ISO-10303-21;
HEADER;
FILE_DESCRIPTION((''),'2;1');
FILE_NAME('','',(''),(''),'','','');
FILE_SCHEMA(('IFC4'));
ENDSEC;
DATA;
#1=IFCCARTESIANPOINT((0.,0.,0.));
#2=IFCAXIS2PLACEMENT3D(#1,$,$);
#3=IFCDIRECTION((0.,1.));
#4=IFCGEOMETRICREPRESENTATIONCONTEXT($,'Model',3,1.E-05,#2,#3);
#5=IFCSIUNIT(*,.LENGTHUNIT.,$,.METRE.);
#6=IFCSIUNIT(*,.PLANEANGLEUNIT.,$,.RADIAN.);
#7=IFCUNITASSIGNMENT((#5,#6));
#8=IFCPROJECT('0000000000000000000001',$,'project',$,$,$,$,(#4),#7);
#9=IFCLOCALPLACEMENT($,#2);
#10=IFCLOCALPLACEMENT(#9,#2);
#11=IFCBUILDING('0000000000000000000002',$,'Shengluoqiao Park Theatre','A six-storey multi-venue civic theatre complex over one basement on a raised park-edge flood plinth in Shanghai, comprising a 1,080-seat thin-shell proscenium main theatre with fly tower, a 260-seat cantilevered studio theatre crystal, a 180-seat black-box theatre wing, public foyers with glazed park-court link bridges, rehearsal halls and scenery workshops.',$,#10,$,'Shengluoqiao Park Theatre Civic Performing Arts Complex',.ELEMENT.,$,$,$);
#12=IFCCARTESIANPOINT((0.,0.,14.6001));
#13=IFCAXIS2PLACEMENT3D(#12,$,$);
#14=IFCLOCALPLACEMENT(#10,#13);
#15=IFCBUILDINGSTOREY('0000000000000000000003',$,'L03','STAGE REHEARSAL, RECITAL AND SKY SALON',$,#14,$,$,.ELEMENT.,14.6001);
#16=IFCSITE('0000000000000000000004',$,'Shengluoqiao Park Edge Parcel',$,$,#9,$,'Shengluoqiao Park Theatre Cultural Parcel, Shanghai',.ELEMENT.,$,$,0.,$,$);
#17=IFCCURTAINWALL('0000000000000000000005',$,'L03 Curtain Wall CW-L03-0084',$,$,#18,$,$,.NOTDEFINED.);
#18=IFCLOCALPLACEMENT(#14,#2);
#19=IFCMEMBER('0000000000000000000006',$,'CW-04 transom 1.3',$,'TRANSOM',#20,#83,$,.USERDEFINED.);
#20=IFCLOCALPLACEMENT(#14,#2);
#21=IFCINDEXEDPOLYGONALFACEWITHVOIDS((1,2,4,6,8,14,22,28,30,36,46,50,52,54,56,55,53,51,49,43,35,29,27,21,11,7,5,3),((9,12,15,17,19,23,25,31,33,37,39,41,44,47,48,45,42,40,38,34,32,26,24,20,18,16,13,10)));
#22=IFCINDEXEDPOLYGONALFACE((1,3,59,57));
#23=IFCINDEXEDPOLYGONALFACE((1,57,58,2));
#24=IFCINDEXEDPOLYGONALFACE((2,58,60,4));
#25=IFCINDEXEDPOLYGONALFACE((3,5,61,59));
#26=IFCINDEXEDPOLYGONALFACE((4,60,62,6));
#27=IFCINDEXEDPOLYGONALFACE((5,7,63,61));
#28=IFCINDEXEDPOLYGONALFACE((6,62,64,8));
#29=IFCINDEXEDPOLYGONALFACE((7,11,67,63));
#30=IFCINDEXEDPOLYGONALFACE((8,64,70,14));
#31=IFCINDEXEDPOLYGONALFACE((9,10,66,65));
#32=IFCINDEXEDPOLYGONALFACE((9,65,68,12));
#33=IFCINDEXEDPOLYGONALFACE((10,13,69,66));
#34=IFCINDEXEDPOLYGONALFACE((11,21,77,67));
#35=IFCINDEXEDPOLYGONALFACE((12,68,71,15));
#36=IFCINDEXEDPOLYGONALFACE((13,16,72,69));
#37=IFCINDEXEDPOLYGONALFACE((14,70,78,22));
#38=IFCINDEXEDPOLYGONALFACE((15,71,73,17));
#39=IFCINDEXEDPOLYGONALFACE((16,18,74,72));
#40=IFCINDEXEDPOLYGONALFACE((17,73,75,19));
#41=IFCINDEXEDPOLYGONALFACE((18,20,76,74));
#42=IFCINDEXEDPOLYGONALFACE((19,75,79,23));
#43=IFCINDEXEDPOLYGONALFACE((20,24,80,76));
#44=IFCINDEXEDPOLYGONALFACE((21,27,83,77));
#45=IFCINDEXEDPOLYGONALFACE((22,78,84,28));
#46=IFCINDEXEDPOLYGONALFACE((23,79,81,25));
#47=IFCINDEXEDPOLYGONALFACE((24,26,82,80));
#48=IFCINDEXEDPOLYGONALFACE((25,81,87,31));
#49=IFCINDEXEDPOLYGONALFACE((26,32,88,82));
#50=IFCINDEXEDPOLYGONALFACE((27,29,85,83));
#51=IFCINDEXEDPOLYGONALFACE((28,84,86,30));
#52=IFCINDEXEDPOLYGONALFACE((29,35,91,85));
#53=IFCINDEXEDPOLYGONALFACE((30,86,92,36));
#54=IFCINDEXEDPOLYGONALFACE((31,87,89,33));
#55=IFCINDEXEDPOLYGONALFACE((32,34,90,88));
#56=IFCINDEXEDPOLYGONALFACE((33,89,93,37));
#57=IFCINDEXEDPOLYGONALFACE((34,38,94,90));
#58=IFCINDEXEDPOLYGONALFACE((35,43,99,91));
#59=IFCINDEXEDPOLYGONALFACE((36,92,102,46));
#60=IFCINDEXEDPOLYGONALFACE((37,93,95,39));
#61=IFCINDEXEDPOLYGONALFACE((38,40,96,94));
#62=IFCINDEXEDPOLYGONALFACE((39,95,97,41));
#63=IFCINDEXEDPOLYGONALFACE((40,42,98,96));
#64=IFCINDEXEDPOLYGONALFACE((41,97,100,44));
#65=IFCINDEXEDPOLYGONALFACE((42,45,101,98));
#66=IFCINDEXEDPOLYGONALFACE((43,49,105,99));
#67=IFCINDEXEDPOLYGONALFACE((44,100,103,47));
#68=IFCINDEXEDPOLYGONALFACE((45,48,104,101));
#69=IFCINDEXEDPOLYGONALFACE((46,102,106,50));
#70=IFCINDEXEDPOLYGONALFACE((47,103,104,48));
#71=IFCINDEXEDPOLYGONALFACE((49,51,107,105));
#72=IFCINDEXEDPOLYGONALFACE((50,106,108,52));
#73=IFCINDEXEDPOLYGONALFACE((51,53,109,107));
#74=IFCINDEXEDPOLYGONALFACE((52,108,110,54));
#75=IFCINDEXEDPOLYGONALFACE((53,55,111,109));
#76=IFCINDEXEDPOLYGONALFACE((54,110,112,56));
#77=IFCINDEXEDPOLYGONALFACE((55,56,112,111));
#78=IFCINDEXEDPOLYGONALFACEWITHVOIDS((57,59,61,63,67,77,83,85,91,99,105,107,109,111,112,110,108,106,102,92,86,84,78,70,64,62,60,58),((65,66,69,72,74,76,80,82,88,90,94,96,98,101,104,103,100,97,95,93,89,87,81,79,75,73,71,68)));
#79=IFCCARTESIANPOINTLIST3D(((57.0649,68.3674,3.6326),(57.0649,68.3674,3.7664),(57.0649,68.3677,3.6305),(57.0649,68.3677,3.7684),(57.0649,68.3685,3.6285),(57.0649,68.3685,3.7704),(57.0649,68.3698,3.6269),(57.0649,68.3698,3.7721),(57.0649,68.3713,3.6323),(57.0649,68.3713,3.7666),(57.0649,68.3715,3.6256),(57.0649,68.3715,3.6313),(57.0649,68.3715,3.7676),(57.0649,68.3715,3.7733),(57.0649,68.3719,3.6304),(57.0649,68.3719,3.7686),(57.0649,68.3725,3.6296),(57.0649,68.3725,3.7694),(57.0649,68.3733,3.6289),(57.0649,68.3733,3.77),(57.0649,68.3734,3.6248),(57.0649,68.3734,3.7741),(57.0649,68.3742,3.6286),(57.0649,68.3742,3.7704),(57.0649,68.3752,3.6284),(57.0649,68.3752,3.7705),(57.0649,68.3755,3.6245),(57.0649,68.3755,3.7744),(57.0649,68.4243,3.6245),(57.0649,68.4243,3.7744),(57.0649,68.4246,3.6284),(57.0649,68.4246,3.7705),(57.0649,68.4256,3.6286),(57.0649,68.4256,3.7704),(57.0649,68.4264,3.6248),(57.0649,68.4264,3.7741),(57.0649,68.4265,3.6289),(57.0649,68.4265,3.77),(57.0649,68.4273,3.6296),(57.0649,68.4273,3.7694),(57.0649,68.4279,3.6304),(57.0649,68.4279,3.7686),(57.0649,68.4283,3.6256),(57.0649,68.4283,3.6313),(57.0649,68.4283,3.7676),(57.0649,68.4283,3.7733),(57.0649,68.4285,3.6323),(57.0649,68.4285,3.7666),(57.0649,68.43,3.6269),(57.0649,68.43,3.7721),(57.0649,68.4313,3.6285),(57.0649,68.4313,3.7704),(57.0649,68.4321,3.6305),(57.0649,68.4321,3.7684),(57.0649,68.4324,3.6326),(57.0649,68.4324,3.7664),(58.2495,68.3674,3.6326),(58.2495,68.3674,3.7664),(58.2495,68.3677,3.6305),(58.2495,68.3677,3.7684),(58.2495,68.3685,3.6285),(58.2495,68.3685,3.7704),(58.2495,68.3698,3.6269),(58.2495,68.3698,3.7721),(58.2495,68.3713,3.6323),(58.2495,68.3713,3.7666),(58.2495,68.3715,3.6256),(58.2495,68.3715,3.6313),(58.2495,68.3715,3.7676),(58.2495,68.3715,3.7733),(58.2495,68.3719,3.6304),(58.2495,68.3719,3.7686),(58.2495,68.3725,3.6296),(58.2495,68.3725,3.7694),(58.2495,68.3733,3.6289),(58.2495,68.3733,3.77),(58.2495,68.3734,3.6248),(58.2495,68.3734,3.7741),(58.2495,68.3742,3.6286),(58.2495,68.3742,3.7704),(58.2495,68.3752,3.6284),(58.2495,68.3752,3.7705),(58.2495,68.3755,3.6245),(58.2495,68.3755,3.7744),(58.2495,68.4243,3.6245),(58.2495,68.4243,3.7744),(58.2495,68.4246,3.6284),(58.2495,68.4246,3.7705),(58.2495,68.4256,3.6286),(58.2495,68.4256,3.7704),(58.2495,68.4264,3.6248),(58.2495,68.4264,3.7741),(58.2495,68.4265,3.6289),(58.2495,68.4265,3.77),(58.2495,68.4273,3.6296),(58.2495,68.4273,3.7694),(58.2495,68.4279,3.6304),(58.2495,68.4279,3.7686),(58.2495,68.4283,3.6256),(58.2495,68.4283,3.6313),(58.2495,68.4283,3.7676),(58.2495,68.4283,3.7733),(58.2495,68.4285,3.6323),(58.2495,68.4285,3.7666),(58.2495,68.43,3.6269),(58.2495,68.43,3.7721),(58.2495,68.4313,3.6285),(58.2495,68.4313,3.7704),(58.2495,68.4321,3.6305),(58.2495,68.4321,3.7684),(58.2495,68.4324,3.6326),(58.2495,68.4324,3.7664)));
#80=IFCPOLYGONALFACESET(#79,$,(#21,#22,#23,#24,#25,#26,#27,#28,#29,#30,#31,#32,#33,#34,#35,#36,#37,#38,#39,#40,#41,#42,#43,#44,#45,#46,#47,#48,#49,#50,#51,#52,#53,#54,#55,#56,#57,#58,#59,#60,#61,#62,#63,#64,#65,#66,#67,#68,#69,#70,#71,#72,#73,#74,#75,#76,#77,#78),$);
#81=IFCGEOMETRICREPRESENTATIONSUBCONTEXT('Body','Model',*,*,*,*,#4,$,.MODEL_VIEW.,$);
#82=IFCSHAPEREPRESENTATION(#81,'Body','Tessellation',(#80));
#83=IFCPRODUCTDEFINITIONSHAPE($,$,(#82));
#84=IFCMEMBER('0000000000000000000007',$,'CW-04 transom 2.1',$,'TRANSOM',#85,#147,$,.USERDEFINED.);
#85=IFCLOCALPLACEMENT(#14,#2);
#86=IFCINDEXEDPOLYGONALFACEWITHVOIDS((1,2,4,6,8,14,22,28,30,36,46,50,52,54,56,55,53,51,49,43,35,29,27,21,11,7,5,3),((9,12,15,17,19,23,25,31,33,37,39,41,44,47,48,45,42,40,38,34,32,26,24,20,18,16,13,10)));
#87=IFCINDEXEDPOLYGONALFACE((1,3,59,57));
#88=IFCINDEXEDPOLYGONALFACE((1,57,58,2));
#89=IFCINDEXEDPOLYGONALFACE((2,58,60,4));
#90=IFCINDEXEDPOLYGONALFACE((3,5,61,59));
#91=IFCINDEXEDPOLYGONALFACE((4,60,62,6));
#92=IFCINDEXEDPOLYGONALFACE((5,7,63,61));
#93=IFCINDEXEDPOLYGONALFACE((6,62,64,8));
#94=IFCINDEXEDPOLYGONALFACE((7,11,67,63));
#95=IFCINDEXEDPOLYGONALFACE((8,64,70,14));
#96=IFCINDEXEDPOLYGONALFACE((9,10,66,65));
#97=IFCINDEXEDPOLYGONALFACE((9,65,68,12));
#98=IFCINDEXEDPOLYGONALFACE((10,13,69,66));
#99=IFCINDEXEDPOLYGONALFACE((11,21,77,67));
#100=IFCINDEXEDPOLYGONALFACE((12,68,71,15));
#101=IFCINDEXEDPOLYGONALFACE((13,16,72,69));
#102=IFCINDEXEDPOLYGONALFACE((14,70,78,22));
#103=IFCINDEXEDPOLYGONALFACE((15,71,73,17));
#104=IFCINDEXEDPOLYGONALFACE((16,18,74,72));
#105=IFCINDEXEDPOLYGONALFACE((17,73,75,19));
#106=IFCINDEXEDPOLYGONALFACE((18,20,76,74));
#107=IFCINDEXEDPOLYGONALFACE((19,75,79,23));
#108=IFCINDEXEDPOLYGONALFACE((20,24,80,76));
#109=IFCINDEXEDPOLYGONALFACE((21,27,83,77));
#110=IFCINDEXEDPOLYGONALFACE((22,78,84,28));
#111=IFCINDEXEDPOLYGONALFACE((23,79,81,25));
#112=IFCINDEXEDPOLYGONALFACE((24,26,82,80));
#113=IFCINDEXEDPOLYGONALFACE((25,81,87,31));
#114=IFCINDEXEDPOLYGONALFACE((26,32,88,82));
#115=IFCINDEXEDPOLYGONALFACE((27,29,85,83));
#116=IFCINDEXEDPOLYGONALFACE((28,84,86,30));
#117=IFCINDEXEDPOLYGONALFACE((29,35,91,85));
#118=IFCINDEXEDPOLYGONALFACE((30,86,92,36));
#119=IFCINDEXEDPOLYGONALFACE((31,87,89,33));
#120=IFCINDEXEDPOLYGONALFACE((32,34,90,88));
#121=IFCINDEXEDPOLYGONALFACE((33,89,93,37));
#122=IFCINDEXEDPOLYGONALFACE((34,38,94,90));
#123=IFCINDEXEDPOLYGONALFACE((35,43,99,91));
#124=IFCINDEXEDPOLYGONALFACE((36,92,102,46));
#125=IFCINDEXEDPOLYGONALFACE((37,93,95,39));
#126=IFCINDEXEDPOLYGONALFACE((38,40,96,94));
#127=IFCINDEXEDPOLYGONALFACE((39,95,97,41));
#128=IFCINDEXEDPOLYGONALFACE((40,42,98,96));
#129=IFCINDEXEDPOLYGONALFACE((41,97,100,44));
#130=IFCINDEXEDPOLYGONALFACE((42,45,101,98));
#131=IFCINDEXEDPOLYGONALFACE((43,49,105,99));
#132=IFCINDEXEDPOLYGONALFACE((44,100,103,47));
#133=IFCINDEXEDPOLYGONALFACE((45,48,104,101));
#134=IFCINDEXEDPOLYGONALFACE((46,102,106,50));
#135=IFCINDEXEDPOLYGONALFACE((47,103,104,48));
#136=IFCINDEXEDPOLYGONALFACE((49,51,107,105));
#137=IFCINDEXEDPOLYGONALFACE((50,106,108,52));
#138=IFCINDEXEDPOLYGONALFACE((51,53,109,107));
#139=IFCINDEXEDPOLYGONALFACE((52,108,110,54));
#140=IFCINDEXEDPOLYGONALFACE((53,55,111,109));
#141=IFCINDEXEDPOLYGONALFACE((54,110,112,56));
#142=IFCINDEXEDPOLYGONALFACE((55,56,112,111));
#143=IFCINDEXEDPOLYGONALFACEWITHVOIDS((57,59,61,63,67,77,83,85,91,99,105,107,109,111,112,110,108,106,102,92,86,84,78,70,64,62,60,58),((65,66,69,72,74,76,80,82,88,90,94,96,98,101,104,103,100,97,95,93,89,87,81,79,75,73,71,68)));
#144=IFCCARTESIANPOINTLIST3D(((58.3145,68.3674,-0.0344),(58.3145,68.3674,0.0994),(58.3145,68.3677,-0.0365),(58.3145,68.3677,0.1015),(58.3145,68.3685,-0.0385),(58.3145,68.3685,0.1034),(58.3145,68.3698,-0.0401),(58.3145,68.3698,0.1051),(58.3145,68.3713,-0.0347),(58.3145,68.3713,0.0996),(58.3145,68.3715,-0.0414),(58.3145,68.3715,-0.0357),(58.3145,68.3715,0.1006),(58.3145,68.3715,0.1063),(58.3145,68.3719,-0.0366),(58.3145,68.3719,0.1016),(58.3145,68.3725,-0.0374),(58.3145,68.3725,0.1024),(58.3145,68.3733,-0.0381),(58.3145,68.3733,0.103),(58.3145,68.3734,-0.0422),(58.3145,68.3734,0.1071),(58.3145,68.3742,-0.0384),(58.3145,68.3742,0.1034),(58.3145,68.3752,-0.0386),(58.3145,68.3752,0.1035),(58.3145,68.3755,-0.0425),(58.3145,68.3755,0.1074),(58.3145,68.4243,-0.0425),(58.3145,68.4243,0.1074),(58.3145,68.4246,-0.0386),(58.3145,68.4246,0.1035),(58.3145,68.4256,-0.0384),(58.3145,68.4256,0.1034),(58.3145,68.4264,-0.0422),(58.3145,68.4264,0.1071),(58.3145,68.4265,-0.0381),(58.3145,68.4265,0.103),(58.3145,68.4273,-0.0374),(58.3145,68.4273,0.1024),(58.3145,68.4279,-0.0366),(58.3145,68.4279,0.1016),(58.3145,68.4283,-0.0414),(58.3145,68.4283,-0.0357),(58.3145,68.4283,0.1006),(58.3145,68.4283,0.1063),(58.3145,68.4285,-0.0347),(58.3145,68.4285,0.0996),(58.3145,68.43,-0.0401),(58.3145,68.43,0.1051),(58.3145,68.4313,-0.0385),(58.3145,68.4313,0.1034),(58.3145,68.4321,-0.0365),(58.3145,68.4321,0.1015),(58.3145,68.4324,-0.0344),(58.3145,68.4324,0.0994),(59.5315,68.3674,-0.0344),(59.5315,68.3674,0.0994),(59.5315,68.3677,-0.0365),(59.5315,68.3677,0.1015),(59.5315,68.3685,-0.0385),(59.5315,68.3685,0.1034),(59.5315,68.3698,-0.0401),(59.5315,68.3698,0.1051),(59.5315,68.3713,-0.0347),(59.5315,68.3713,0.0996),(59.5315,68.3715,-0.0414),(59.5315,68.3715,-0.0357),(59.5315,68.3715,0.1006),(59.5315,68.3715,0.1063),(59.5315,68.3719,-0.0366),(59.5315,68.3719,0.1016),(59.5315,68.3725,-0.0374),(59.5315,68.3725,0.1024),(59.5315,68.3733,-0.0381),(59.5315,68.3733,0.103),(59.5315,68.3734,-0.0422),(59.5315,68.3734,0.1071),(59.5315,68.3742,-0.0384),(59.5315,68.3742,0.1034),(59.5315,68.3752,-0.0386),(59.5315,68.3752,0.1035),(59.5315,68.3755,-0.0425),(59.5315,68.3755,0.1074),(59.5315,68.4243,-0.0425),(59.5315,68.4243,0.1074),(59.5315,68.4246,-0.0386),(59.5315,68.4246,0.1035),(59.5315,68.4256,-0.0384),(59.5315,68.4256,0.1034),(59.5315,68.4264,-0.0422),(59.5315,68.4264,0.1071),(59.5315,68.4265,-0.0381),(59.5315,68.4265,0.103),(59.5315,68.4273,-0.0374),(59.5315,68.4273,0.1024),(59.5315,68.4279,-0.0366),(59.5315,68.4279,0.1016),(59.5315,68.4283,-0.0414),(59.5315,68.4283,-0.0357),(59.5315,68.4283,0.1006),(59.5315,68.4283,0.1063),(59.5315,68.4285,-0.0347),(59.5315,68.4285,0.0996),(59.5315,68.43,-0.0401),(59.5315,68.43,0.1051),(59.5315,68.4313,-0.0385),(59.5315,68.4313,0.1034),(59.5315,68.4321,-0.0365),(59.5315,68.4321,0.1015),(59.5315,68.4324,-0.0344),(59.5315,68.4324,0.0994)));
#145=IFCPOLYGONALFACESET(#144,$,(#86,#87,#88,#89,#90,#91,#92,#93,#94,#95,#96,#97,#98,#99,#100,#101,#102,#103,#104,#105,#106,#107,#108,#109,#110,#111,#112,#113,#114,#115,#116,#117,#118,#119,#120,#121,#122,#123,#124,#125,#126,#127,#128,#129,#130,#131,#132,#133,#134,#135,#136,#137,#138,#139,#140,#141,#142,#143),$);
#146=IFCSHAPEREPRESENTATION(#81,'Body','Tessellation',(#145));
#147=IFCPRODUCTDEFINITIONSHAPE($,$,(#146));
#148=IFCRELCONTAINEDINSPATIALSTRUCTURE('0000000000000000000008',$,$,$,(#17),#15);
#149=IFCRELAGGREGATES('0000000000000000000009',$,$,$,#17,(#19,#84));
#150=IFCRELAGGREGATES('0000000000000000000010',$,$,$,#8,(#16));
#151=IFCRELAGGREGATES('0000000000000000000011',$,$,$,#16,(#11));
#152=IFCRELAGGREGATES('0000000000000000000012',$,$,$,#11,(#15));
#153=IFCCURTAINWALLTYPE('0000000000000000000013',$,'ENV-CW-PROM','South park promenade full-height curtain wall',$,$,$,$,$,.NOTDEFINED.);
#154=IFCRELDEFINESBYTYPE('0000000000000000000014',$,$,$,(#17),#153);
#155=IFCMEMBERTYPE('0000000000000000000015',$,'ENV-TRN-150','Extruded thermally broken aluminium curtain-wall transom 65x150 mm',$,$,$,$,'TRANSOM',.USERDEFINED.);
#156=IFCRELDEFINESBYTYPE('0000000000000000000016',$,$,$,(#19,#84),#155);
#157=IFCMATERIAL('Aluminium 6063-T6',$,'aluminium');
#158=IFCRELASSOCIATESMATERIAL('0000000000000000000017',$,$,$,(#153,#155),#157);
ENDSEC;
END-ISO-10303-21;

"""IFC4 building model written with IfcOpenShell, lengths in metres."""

from ifc_helpers import new_model, si_unit, direction, frame, origin, origin_2d, place, context, subcontext, project, spatial, hollow_rectangle, extrude, material, material_profile, profile_set, type_object, element, aggregate, save


model = new_model("IFC4")

# Units and contexts
model_context = context("Model", 3, precision=1e-05, world=origin(), true_north=direction((0.0, 1.0)))
body_context = subcontext(model_context, "Body", "Model", "MODEL_VIEW")
ifc_project = project(units=[si_unit("LENGTHUNIT", "METRE"), si_unit("PLANEANGLEUNIT", "RADIAN")], contexts=[model_context])

# Site, building, storey
site_placement = place(None, origin())
site = spatial("IfcSite", under=ifc_project, at=site_placement, Name="Shengluoqiao Park Edge Parcel", LongName="Shengluoqiao Park Theatre Cultural Parcel, Shanghai", CompositionType="ELEMENT", RefElevation=0.0)
building_placement = place(site_placement, origin())
building = spatial("IfcBuilding", under=site, at=building_placement, Name="Shengluoqiao Park Theatre", Description="A six-storey multi-venue civic theatre complex over one basement on a raised park-edge flood plinth in Shanghai, comprising a 1,080-seat thin-shell proscenium main theatre with fly tower, a 260-seat cantilevered studio theatre crystal, a 180-seat black-box theatre wing, public foyers with glazed park-court link bridges, rehearsal halls and scenery workshops.", LongName="Shengluoqiao Park Theatre Civic Performing Arts Complex", CompositionType="ELEMENT")
storey_placement = place(building_placement, frame((0.0, 0.0, 14.6001)))
storey = spatial("IfcBuildingStorey", under=building, at=storey_placement, Name="L03", Description="STAGE REHEARSAL, RECITAL AND SKY SALON", CompositionType="ELEMENT", Elevation=14.6001)

# Curtain wall
ifc_material_1 = material(Name="Aluminium 6063-T6", Category="aluminium")
curtain_wall_type = type_object("IfcCurtainWallType", Name="ENV-CW-PROM", Description="South park promenade full-height curtain wall", PredefinedType="NOTDEFINED", material=ifc_material_1)
curtain_wall_1_placement = place(storey_placement, origin())
curtain_wall_1 = element("IfcCurtainWall", 1, at=curtain_wall_1_placement, inside=storey, type_object=curtain_wall_type, Name="L03 Curtain Wall CW-L03-0084", PredefinedType="NOTDEFINED")

# Members
ifc_material_profile_1 = material_profile(ifc_material_1, hollow_rectangle(XDim=0.0649, YDim=0.1499, WallThickness=0.0039, InnerFilletRadius=0.0039, OuterFilletRadius=0.0081, at=origin_2d()), Name="ALU TRANSOM 150x65x4")
ifc_profile_set_1 = profile_set([ifc_material_profile_1], Name="Aluminium 6063-T6")
member_type_1 = type_object("IfcMemberType", Name="ENV-TRN-150", Description="Extruded thermally broken aluminium curtain-wall transom 65x150 mm", ElementType="TRANSOM", PredefinedType="USERDEFINED", material=ifc_profile_set_1)
member_1_placement = place(storey_placement, frame((57.0649, 68.3999, 3.6995), z_axis=(1.0, 0.0, 0.0), x_axis=(0.0, 1.0, 0.0)))
member_1 = element("IfcMember", 2, at=member_1_placement, type_object=member_type_1, Name="CW-04 transom 1.3", ObjectType="TRANSOM", PredefinedType="USERDEFINED", context=body_context, shape_type="SweptSolid", body=[
    extrude(hollow_rectangle(XDim=0.0649, YDim=0.1499, WallThickness=0.0039, InnerFilletRadius=0.0039, OuterFilletRadius=0.0081, at=origin_2d()), origin(), (0.0, 0.0, 1.0), 1.1846),
])
member_2_placement = place(storey_placement, frame((58.3145, 68.3999, 0.0325), z_axis=(1.0, 0.0, 0.0), x_axis=(0.0, 1.0, 0.0)))
member_2 = element("IfcMember", 3, at=member_2_placement, type_object=member_type_1, Name="CW-04 transom 2.1", ObjectType="TRANSOM", PredefinedType="USERDEFINED", context=body_context, shape_type="SweptSolid", body=[
    extrude(hollow_rectangle(XDim=0.0649, YDim=0.1499, WallThickness=0.0039, InnerFilletRadius=0.0039, OuterFilletRadius=0.0081, at=origin_2d()), origin(), (0.0, 0.0, 1.0), 1.217),
])

aggregate(curtain_wall_1, [member_1, member_2])

save(model, "model.ifc")
